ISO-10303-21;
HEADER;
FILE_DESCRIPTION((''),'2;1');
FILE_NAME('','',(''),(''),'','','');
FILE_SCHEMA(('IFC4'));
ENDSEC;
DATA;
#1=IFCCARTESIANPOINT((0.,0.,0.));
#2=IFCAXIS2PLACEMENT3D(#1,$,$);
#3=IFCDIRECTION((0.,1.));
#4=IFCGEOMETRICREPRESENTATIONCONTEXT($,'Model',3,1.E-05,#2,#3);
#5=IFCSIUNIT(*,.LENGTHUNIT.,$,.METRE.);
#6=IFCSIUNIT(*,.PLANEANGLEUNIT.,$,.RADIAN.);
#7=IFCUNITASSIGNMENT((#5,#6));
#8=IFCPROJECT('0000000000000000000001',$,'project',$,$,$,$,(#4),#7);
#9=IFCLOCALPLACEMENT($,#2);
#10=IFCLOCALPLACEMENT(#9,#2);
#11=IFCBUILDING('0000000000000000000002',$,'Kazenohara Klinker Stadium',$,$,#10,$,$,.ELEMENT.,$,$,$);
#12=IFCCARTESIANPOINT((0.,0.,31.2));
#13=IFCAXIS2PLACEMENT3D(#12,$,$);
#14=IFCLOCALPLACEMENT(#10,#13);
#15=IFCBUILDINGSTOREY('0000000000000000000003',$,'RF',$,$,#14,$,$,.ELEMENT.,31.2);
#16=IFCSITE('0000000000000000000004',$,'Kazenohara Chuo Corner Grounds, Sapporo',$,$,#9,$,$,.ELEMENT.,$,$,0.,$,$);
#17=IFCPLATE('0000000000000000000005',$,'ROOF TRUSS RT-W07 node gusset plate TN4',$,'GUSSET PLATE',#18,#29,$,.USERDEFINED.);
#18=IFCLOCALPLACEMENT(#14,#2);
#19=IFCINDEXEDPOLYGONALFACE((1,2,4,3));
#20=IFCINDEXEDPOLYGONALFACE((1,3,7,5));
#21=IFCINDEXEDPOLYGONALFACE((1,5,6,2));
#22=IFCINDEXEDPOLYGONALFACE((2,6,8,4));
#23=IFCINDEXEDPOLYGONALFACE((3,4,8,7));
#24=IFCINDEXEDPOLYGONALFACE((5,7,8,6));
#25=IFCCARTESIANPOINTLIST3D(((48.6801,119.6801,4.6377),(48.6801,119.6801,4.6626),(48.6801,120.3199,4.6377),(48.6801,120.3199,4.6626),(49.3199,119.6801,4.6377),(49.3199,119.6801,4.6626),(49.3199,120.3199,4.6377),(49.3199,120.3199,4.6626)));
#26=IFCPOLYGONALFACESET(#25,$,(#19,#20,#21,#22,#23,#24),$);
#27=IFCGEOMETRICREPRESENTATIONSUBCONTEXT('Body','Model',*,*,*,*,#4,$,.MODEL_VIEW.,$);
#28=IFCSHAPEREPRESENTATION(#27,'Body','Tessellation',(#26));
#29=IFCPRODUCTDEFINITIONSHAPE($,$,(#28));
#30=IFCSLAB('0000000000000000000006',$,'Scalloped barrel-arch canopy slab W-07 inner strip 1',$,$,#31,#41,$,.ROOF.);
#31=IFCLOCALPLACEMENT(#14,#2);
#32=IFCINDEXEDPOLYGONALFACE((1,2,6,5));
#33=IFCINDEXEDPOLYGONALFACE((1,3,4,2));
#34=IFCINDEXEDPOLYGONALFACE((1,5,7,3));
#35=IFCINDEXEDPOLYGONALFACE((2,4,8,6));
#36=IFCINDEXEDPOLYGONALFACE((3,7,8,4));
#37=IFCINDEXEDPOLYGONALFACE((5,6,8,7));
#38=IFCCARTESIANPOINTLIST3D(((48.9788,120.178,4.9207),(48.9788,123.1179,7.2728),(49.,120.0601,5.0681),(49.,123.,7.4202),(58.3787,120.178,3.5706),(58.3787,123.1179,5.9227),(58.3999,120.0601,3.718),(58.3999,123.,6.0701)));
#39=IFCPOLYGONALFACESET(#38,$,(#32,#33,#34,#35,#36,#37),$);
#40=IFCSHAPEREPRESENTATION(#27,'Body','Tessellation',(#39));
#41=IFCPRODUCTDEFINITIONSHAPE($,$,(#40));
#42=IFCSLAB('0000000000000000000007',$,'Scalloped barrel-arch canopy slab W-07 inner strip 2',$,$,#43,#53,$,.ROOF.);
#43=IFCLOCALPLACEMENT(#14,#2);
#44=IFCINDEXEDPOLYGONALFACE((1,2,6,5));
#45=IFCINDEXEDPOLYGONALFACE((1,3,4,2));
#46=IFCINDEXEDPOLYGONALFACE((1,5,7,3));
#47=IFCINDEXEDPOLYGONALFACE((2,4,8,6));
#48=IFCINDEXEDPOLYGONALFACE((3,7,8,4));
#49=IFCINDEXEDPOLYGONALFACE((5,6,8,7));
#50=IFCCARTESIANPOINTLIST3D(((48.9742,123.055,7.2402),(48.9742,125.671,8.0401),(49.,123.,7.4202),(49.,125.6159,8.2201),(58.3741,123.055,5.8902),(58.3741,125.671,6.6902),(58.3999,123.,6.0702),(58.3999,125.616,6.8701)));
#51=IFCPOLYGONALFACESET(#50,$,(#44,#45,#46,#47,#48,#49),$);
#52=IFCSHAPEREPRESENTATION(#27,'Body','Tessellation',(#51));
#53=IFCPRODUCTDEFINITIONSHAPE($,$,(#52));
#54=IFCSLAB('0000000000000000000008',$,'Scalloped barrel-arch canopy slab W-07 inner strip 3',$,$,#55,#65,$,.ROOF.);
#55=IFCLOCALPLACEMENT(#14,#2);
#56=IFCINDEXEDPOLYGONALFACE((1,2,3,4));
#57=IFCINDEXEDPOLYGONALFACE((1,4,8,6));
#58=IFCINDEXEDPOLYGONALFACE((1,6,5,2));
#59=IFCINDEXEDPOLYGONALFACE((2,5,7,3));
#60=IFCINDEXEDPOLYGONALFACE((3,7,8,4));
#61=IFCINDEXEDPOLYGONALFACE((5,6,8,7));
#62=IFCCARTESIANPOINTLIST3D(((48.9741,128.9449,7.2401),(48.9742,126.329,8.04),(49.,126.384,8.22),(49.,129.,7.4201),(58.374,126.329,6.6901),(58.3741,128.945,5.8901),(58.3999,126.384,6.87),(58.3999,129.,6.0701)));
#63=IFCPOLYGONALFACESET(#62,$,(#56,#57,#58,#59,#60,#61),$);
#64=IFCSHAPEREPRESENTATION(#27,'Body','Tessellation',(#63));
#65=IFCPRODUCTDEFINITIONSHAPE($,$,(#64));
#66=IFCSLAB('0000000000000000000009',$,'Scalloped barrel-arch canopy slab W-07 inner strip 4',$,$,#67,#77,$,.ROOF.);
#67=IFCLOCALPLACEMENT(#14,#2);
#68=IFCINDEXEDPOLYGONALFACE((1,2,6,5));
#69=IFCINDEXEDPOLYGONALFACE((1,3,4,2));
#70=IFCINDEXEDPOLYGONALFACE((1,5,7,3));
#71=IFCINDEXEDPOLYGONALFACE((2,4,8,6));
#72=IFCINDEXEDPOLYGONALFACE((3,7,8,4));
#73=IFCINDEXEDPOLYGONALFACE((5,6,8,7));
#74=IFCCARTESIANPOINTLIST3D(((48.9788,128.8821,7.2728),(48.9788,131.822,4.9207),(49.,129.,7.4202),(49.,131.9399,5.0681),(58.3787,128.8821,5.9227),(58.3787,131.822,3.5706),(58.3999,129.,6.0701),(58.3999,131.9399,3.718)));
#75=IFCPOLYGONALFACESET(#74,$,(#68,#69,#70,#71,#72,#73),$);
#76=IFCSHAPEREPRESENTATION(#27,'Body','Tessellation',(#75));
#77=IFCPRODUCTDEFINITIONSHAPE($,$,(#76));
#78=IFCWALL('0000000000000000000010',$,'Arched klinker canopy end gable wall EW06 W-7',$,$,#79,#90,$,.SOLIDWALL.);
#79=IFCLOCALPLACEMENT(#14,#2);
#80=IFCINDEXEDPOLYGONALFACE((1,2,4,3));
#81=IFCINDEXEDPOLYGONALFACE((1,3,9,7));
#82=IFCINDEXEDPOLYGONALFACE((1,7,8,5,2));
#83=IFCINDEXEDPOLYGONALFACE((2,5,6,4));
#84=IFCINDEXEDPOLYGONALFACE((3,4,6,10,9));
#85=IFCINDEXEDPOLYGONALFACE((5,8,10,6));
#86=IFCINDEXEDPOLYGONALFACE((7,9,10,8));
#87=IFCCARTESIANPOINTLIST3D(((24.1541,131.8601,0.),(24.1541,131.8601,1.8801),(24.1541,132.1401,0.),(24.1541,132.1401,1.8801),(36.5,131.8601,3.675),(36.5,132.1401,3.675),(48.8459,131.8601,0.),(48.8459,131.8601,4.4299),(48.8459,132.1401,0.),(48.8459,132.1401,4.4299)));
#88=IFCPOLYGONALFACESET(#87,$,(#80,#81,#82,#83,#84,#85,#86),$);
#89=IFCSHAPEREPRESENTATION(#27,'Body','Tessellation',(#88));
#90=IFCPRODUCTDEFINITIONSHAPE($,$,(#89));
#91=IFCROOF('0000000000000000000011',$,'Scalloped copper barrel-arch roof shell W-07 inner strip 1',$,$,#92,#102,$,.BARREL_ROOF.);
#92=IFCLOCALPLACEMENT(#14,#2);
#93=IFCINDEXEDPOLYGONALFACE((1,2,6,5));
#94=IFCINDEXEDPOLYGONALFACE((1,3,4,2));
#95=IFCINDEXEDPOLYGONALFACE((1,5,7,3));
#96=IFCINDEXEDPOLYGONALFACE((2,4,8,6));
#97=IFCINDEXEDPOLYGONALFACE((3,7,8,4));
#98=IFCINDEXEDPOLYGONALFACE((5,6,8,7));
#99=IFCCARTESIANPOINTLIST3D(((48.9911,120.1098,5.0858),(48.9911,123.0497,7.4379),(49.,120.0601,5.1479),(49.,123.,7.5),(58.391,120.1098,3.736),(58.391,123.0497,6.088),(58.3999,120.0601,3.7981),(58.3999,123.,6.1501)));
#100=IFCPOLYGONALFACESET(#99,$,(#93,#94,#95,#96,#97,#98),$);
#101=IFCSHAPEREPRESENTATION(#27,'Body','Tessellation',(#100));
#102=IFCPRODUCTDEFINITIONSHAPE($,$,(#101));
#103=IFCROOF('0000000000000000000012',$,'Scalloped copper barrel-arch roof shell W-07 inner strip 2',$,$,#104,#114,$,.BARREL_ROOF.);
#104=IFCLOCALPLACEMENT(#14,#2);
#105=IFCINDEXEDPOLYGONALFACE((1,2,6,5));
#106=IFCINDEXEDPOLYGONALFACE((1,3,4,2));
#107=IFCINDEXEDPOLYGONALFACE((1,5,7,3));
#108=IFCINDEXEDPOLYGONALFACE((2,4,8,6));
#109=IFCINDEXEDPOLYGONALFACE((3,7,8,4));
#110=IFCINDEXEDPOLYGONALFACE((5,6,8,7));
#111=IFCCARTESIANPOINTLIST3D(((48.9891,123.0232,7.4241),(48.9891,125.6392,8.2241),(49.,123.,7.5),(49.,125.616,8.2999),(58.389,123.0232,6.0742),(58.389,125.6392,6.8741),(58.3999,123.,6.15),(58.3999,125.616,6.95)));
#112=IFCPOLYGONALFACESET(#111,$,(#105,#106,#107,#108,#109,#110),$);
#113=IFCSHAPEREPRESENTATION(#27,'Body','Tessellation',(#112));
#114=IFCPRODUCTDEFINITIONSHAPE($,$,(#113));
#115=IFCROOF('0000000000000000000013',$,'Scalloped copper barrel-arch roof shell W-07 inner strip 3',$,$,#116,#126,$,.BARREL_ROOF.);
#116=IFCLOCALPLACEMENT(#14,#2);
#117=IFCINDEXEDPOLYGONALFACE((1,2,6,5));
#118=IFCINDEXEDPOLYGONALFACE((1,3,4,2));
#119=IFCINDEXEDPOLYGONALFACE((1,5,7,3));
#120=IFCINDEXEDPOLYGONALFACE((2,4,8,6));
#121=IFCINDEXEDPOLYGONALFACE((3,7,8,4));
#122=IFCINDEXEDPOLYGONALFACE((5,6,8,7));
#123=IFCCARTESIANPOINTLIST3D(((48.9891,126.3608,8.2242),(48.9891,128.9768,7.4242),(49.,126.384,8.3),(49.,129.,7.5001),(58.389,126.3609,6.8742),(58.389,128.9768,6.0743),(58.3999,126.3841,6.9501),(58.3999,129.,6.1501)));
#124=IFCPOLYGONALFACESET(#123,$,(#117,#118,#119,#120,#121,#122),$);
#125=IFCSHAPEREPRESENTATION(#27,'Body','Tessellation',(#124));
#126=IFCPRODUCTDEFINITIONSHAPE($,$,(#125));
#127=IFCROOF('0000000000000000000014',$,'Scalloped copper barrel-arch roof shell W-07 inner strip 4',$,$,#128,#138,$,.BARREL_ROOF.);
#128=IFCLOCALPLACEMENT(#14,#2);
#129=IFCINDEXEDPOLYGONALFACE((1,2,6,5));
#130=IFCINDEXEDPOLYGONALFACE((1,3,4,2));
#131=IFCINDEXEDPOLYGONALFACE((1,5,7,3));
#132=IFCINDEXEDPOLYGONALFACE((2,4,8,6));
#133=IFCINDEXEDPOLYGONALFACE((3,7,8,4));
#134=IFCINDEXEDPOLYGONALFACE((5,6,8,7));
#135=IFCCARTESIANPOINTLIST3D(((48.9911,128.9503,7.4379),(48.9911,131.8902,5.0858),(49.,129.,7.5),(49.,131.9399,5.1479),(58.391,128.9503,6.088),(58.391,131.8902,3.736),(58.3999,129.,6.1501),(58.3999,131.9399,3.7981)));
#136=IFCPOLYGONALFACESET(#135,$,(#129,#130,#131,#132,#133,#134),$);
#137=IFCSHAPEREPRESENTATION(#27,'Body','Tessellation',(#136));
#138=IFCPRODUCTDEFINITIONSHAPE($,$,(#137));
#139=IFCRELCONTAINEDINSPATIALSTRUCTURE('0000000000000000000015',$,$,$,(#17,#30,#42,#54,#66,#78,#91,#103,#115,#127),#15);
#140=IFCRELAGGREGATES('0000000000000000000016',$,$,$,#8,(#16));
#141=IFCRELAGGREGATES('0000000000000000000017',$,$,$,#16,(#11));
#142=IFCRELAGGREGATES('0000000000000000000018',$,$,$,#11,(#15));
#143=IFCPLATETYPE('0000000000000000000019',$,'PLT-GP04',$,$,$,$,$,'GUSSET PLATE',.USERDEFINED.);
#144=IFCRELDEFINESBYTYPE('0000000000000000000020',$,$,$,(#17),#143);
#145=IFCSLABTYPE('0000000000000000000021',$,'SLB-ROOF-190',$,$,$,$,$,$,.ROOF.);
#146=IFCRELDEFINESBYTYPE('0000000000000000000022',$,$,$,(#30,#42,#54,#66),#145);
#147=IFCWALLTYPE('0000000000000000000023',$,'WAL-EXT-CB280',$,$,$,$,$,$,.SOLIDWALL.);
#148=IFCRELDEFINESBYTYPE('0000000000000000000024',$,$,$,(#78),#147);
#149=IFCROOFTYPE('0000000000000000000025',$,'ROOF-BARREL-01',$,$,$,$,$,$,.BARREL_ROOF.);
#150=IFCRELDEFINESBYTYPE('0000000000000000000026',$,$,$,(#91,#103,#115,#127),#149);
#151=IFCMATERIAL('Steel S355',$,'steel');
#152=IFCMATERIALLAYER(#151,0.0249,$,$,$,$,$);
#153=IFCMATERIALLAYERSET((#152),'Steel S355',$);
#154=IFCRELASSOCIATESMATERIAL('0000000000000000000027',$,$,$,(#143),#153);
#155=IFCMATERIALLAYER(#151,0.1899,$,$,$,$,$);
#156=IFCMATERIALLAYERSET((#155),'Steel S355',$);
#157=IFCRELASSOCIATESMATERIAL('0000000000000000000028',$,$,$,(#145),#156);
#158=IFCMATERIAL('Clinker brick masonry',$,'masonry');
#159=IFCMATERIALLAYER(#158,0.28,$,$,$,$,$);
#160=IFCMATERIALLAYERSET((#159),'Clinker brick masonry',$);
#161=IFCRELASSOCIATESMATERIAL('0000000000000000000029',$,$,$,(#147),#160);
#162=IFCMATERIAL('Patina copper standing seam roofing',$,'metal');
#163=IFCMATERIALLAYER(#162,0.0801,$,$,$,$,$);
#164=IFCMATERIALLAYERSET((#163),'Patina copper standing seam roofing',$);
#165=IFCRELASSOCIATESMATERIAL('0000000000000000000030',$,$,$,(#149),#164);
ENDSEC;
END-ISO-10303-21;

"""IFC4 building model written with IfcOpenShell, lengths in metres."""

from ifc_helpers import new_model, si_unit, direction, frame, origin, origin_2d, place, context, subcontext, project, spatial, polyline, rectangle, outline, extrude, material, layer, layer_set, type_object, element, save


model = new_model("IFC4")

# Units and contexts
model_context = context("Model", 3, precision=1e-05, world=origin(), true_north=direction((0.0, 1.0)))
body_context = subcontext(model_context, "Body", "Model", "MODEL_VIEW")
ifc_project = project(units=[si_unit("LENGTHUNIT", "METRE"), si_unit("PLANEANGLEUNIT", "RADIAN")], contexts=[model_context])

# Site, building, storey
site_placement = place(None, origin())
site = spatial("IfcSite", under=ifc_project, at=site_placement, Name="Kazenohara Chuo Corner Grounds, Sapporo", CompositionType="ELEMENT", RefElevation=0.0)
building_placement = place(site_placement, origin())
building = spatial("IfcBuilding", under=site, at=building_placement, Name="Kazenohara Klinker Stadium", CompositionType="ELEMENT")
storey_placement = place(building_placement, frame((0.0, 0.0, 31.2)))
storey = spatial("IfcBuildingStorey", under=building, at=storey_placement, Name="RF", CompositionType="ELEMENT", Elevation=31.2)

# Shared definitions
ifc_material_1 = material(Name="Steel S355", Category="steel")

# Plate
ifc_layer_1 = layer(ifc_material_1, 0.0249)
ifc_layer_set_1 = layer_set([ifc_layer_1], Name="Steel S355")
plate_type_1 = type_object("IfcPlateType", Name="PLT-GP04", ElementType="GUSSET PLATE", PredefinedType="USERDEFINED", material=ifc_layer_set_1)
plate_1_placement = place(storey_placement, frame((49.0, 120.0, 4.6377), z_axis=(0.0, 0.0, 1.0), x_axis=(1.0, 0.0, 0.0)))
element("IfcPlate", 1, at=plate_1_placement, inside=storey, type_object=plate_type_1, Name="ROOF TRUSS RT-W07 node gusset plate TN4", ObjectType="GUSSET PLATE", PredefinedType="USERDEFINED", context=body_context, shape_type="SweptSolid", body=[
    extrude(rectangle(XDim=0.6399, YDim=0.6399, at=origin_2d()), origin(), (0.0, 0.0, 1.0), 0.0249),
])

# Slabs
ifc_layer_2 = layer(ifc_material_1, 0.1899)
ifc_layer_set_2 = layer_set([ifc_layer_2], Name="Steel S355")
slab_type = type_object("IfcSlabType", Name="SLB-ROOF-190", PredefinedType="ROOF", material=ifc_layer_set_2)
slab_1_placement = place(storey_placement, frame((49.0, 120.0601, 5.0681), z_axis=(0.111455, -0.620819, 0.775991), x_axis=(0.989842, 0.0, -0.14217)))
element("IfcSlab", 2, at=slab_1_placement, inside=storey, type_object=slab_type, Name="Scalloped barrel-arch canopy slab W-07 inner strip 1", PredefinedType="ROOF", context=body_context, shape_type="SweptSolid", body=[
    extrude(outline(polyline([(0.0, 0.0), (9.4964, 0.0), (9.162, 3.7501), (-0.3344, 3.7501), (0.0, 0.0)])), origin(), (0.0, 0.0, -1.0), 0.1899),
])
slab_2_placement = place(storey_placement, frame((49.0, 123.0, 7.4202), z_axis=(0.136061, -0.289701, 0.947397), x_axis=(0.989844, -0.000004, -0.142158)))
element("IfcSlab", 3, at=slab_2_placement, inside=storey, type_object=slab_type, Name="Scalloped barrel-arch canopy slab W-07 inner strip 2", PredefinedType="ROOF", context=body_context, shape_type="SweptSolid", body=[
    extrude(outline(polyline([(0.0, 0.0), (9.4964, 0.0), (9.3826, 2.7332), (-0.1137, 2.7331), (0.0, 0.0)])), origin(), (0.0, 0.0, -1.0), 0.1899),
])
slab_3_placement = place(storey_placement, frame((49.0, 126.384, 8.22), z_axis=(0.136061, 0.289701, 0.947397), x_axis=(0.989844, -0.000004, -0.142156)))
element("IfcSlab", 4, at=slab_3_placement, inside=storey, type_object=slab_type, Name="Scalloped barrel-arch canopy slab W-07 inner strip 3", PredefinedType="ROOF", context=body_context, shape_type="SweptSolid", body=[
    extrude(outline(polyline([(0.0, 0.0), (9.4963, 0.0), (9.6101, 2.7332), (0.1137, 2.7331), (0.0, 0.0)])), origin(), (0.0, 0.0, -1.0), 0.1899),
])
slab_4_placement = place(storey_placement, frame((49.0, 129.0, 7.4202), z_axis=(0.111455, 0.620819, 0.775991), x_axis=(0.989842, 0.0, -0.14217)))
element("IfcSlab", 5, at=slab_4_placement, inside=storey, type_object=slab_type, Name="Scalloped barrel-arch canopy slab W-07 inner strip 4", PredefinedType="ROOF", context=body_context, shape_type="SweptSolid", body=[
    extrude(outline(polyline([(0.0, 0.0), (9.4964, 0.0), (9.8308, 3.7501), (0.3344, 3.7501), (0.0, 0.0)])), origin(), (0.0, 0.0, -1.0), 0.1899),
])

# Wall
ifc_material_2 = material(Name="Clinker brick masonry", Category="masonry")
ifc_layer_3 = layer(ifc_material_2, 0.28)
ifc_layer_set_3 = layer_set([ifc_layer_3], Name="Clinker brick masonry")
wall_type = type_object("IfcWallType", Name="WAL-EXT-CB280", PredefinedType="SOLIDWALL", material=ifc_layer_set_3)
wall_placement = place(storey_placement, frame((24.1541, 132.0, 0.0), z_axis=(0.0, 0.0, 1.0), x_axis=(1.0, 0.0, 0.0)))
element("IfcWall", 6, at=wall_placement, inside=storey, type_object=wall_type, Name="Arched klinker canopy end gable wall EW06 W-7", PredefinedType="SOLIDWALL", context=body_context, shape_type="SweptSolid", body=[
    extrude(outline(polyline([(0.0, 0.0), (24.6919, 0.0), (24.6919, 4.4299), (12.3459, 3.675), (0.0, 1.8801), (0.0, 0.0)])), frame((0.0, 0.1401, 0.0), z_axis=(0.0, -1.0, 0.0), x_axis=(1.0, 0.0, 0.0)), (0.0, 0.0, 1.0), 0.28),
])

# Roofs
ifc_material_3 = material(Name="Patina copper standing seam roofing", Category="metal")
ifc_layer_4 = layer(ifc_material_3, 0.0801)
ifc_layer_set_4 = layer_set([ifc_layer_4], Name="Patina copper standing seam roofing")
roof_type = type_object("IfcRoofType", Name="ROOF-BARREL-01", PredefinedType="BARREL_ROOF", material=ifc_layer_set_4)
roof_1_placement = place(storey_placement, frame((49.0, 120.0601, 5.1479), z_axis=(0.111435, -0.62082, 0.775993), x_axis=(0.989846, 0.0, -0.142145)))
element("IfcRoof", 7, at=roof_1_placement, inside=storey, type_object=roof_type, Name="Scalloped copper barrel-arch roof shell W-07 inner strip 1", PredefinedType="BARREL_ROOF", context=body_context, shape_type="SweptSolid", body=[
    extrude(outline(polyline([(0.0, 0.0), (9.4963, 0.0), (9.162, 3.7501), (-0.3343, 3.7501), (0.0, 0.0)])), origin(), (0.0, 0.0, -1.0), 0.0801),
])
roof_2_placement = place(storey_placement, frame((49.0, 123.0, 7.5), z_axis=(0.136061, -0.289701, 0.947397), x_axis=(0.989844, 0.000004, -0.142156)))
element("IfcRoof", 8, at=roof_2_placement, inside=storey, type_object=roof_type, Name="Scalloped copper barrel-arch roof shell W-07 inner strip 2", PredefinedType="BARREL_ROOF", context=body_context, shape_type="SweptSolid", body=[
    extrude(outline(polyline([(0.0, 0.0), (9.4963, 0.0), (9.3826, 2.7331), (-0.1137, 2.7332), (0.0, 0.0)])), origin(), (0.0, 0.0, -1.0), 0.0801),
])
roof_3_placement = place(storey_placement, frame((49.0, 126.384, 8.3), z_axis=(0.136061, 0.289701, 0.947397), x_axis=(0.989844, 0.000004, -0.142158)))
element("IfcRoof", 9, at=roof_3_placement, inside=storey, type_object=roof_type, Name="Scalloped copper barrel-arch roof shell W-07 inner strip 3", PredefinedType="BARREL_ROOF", context=body_context, shape_type="SweptSolid", body=[
    extrude(outline(polyline([(0.0, 0.0), (9.4964, 0.0), (9.6101, 2.7331), (0.1137, 2.7332), (0.0, 0.0)])), origin(), (0.0, 0.0, -1.0), 0.0801),
])
roof_4_placement = place(storey_placement, frame((49.0, 129.0, 7.5), z_axis=(0.111435, 0.62082, 0.775993), x_axis=(0.989846, 0.0, -0.142145)))
element("IfcRoof", 10, at=roof_4_placement, inside=storey, type_object=roof_type, Name="Scalloped copper barrel-arch roof shell W-07 inner strip 4", PredefinedType="BARREL_ROOF", context=body_context, shape_type="SweptSolid", body=[
    extrude(outline(polyline([(0.0, 0.0), (9.4963, 0.0), (9.8307, 3.7501), (0.3343, 3.7501), (0.0, 0.0)])), origin(), (0.0, 0.0, -1.0), 0.0801),
])

save(model, "model.ifc")
